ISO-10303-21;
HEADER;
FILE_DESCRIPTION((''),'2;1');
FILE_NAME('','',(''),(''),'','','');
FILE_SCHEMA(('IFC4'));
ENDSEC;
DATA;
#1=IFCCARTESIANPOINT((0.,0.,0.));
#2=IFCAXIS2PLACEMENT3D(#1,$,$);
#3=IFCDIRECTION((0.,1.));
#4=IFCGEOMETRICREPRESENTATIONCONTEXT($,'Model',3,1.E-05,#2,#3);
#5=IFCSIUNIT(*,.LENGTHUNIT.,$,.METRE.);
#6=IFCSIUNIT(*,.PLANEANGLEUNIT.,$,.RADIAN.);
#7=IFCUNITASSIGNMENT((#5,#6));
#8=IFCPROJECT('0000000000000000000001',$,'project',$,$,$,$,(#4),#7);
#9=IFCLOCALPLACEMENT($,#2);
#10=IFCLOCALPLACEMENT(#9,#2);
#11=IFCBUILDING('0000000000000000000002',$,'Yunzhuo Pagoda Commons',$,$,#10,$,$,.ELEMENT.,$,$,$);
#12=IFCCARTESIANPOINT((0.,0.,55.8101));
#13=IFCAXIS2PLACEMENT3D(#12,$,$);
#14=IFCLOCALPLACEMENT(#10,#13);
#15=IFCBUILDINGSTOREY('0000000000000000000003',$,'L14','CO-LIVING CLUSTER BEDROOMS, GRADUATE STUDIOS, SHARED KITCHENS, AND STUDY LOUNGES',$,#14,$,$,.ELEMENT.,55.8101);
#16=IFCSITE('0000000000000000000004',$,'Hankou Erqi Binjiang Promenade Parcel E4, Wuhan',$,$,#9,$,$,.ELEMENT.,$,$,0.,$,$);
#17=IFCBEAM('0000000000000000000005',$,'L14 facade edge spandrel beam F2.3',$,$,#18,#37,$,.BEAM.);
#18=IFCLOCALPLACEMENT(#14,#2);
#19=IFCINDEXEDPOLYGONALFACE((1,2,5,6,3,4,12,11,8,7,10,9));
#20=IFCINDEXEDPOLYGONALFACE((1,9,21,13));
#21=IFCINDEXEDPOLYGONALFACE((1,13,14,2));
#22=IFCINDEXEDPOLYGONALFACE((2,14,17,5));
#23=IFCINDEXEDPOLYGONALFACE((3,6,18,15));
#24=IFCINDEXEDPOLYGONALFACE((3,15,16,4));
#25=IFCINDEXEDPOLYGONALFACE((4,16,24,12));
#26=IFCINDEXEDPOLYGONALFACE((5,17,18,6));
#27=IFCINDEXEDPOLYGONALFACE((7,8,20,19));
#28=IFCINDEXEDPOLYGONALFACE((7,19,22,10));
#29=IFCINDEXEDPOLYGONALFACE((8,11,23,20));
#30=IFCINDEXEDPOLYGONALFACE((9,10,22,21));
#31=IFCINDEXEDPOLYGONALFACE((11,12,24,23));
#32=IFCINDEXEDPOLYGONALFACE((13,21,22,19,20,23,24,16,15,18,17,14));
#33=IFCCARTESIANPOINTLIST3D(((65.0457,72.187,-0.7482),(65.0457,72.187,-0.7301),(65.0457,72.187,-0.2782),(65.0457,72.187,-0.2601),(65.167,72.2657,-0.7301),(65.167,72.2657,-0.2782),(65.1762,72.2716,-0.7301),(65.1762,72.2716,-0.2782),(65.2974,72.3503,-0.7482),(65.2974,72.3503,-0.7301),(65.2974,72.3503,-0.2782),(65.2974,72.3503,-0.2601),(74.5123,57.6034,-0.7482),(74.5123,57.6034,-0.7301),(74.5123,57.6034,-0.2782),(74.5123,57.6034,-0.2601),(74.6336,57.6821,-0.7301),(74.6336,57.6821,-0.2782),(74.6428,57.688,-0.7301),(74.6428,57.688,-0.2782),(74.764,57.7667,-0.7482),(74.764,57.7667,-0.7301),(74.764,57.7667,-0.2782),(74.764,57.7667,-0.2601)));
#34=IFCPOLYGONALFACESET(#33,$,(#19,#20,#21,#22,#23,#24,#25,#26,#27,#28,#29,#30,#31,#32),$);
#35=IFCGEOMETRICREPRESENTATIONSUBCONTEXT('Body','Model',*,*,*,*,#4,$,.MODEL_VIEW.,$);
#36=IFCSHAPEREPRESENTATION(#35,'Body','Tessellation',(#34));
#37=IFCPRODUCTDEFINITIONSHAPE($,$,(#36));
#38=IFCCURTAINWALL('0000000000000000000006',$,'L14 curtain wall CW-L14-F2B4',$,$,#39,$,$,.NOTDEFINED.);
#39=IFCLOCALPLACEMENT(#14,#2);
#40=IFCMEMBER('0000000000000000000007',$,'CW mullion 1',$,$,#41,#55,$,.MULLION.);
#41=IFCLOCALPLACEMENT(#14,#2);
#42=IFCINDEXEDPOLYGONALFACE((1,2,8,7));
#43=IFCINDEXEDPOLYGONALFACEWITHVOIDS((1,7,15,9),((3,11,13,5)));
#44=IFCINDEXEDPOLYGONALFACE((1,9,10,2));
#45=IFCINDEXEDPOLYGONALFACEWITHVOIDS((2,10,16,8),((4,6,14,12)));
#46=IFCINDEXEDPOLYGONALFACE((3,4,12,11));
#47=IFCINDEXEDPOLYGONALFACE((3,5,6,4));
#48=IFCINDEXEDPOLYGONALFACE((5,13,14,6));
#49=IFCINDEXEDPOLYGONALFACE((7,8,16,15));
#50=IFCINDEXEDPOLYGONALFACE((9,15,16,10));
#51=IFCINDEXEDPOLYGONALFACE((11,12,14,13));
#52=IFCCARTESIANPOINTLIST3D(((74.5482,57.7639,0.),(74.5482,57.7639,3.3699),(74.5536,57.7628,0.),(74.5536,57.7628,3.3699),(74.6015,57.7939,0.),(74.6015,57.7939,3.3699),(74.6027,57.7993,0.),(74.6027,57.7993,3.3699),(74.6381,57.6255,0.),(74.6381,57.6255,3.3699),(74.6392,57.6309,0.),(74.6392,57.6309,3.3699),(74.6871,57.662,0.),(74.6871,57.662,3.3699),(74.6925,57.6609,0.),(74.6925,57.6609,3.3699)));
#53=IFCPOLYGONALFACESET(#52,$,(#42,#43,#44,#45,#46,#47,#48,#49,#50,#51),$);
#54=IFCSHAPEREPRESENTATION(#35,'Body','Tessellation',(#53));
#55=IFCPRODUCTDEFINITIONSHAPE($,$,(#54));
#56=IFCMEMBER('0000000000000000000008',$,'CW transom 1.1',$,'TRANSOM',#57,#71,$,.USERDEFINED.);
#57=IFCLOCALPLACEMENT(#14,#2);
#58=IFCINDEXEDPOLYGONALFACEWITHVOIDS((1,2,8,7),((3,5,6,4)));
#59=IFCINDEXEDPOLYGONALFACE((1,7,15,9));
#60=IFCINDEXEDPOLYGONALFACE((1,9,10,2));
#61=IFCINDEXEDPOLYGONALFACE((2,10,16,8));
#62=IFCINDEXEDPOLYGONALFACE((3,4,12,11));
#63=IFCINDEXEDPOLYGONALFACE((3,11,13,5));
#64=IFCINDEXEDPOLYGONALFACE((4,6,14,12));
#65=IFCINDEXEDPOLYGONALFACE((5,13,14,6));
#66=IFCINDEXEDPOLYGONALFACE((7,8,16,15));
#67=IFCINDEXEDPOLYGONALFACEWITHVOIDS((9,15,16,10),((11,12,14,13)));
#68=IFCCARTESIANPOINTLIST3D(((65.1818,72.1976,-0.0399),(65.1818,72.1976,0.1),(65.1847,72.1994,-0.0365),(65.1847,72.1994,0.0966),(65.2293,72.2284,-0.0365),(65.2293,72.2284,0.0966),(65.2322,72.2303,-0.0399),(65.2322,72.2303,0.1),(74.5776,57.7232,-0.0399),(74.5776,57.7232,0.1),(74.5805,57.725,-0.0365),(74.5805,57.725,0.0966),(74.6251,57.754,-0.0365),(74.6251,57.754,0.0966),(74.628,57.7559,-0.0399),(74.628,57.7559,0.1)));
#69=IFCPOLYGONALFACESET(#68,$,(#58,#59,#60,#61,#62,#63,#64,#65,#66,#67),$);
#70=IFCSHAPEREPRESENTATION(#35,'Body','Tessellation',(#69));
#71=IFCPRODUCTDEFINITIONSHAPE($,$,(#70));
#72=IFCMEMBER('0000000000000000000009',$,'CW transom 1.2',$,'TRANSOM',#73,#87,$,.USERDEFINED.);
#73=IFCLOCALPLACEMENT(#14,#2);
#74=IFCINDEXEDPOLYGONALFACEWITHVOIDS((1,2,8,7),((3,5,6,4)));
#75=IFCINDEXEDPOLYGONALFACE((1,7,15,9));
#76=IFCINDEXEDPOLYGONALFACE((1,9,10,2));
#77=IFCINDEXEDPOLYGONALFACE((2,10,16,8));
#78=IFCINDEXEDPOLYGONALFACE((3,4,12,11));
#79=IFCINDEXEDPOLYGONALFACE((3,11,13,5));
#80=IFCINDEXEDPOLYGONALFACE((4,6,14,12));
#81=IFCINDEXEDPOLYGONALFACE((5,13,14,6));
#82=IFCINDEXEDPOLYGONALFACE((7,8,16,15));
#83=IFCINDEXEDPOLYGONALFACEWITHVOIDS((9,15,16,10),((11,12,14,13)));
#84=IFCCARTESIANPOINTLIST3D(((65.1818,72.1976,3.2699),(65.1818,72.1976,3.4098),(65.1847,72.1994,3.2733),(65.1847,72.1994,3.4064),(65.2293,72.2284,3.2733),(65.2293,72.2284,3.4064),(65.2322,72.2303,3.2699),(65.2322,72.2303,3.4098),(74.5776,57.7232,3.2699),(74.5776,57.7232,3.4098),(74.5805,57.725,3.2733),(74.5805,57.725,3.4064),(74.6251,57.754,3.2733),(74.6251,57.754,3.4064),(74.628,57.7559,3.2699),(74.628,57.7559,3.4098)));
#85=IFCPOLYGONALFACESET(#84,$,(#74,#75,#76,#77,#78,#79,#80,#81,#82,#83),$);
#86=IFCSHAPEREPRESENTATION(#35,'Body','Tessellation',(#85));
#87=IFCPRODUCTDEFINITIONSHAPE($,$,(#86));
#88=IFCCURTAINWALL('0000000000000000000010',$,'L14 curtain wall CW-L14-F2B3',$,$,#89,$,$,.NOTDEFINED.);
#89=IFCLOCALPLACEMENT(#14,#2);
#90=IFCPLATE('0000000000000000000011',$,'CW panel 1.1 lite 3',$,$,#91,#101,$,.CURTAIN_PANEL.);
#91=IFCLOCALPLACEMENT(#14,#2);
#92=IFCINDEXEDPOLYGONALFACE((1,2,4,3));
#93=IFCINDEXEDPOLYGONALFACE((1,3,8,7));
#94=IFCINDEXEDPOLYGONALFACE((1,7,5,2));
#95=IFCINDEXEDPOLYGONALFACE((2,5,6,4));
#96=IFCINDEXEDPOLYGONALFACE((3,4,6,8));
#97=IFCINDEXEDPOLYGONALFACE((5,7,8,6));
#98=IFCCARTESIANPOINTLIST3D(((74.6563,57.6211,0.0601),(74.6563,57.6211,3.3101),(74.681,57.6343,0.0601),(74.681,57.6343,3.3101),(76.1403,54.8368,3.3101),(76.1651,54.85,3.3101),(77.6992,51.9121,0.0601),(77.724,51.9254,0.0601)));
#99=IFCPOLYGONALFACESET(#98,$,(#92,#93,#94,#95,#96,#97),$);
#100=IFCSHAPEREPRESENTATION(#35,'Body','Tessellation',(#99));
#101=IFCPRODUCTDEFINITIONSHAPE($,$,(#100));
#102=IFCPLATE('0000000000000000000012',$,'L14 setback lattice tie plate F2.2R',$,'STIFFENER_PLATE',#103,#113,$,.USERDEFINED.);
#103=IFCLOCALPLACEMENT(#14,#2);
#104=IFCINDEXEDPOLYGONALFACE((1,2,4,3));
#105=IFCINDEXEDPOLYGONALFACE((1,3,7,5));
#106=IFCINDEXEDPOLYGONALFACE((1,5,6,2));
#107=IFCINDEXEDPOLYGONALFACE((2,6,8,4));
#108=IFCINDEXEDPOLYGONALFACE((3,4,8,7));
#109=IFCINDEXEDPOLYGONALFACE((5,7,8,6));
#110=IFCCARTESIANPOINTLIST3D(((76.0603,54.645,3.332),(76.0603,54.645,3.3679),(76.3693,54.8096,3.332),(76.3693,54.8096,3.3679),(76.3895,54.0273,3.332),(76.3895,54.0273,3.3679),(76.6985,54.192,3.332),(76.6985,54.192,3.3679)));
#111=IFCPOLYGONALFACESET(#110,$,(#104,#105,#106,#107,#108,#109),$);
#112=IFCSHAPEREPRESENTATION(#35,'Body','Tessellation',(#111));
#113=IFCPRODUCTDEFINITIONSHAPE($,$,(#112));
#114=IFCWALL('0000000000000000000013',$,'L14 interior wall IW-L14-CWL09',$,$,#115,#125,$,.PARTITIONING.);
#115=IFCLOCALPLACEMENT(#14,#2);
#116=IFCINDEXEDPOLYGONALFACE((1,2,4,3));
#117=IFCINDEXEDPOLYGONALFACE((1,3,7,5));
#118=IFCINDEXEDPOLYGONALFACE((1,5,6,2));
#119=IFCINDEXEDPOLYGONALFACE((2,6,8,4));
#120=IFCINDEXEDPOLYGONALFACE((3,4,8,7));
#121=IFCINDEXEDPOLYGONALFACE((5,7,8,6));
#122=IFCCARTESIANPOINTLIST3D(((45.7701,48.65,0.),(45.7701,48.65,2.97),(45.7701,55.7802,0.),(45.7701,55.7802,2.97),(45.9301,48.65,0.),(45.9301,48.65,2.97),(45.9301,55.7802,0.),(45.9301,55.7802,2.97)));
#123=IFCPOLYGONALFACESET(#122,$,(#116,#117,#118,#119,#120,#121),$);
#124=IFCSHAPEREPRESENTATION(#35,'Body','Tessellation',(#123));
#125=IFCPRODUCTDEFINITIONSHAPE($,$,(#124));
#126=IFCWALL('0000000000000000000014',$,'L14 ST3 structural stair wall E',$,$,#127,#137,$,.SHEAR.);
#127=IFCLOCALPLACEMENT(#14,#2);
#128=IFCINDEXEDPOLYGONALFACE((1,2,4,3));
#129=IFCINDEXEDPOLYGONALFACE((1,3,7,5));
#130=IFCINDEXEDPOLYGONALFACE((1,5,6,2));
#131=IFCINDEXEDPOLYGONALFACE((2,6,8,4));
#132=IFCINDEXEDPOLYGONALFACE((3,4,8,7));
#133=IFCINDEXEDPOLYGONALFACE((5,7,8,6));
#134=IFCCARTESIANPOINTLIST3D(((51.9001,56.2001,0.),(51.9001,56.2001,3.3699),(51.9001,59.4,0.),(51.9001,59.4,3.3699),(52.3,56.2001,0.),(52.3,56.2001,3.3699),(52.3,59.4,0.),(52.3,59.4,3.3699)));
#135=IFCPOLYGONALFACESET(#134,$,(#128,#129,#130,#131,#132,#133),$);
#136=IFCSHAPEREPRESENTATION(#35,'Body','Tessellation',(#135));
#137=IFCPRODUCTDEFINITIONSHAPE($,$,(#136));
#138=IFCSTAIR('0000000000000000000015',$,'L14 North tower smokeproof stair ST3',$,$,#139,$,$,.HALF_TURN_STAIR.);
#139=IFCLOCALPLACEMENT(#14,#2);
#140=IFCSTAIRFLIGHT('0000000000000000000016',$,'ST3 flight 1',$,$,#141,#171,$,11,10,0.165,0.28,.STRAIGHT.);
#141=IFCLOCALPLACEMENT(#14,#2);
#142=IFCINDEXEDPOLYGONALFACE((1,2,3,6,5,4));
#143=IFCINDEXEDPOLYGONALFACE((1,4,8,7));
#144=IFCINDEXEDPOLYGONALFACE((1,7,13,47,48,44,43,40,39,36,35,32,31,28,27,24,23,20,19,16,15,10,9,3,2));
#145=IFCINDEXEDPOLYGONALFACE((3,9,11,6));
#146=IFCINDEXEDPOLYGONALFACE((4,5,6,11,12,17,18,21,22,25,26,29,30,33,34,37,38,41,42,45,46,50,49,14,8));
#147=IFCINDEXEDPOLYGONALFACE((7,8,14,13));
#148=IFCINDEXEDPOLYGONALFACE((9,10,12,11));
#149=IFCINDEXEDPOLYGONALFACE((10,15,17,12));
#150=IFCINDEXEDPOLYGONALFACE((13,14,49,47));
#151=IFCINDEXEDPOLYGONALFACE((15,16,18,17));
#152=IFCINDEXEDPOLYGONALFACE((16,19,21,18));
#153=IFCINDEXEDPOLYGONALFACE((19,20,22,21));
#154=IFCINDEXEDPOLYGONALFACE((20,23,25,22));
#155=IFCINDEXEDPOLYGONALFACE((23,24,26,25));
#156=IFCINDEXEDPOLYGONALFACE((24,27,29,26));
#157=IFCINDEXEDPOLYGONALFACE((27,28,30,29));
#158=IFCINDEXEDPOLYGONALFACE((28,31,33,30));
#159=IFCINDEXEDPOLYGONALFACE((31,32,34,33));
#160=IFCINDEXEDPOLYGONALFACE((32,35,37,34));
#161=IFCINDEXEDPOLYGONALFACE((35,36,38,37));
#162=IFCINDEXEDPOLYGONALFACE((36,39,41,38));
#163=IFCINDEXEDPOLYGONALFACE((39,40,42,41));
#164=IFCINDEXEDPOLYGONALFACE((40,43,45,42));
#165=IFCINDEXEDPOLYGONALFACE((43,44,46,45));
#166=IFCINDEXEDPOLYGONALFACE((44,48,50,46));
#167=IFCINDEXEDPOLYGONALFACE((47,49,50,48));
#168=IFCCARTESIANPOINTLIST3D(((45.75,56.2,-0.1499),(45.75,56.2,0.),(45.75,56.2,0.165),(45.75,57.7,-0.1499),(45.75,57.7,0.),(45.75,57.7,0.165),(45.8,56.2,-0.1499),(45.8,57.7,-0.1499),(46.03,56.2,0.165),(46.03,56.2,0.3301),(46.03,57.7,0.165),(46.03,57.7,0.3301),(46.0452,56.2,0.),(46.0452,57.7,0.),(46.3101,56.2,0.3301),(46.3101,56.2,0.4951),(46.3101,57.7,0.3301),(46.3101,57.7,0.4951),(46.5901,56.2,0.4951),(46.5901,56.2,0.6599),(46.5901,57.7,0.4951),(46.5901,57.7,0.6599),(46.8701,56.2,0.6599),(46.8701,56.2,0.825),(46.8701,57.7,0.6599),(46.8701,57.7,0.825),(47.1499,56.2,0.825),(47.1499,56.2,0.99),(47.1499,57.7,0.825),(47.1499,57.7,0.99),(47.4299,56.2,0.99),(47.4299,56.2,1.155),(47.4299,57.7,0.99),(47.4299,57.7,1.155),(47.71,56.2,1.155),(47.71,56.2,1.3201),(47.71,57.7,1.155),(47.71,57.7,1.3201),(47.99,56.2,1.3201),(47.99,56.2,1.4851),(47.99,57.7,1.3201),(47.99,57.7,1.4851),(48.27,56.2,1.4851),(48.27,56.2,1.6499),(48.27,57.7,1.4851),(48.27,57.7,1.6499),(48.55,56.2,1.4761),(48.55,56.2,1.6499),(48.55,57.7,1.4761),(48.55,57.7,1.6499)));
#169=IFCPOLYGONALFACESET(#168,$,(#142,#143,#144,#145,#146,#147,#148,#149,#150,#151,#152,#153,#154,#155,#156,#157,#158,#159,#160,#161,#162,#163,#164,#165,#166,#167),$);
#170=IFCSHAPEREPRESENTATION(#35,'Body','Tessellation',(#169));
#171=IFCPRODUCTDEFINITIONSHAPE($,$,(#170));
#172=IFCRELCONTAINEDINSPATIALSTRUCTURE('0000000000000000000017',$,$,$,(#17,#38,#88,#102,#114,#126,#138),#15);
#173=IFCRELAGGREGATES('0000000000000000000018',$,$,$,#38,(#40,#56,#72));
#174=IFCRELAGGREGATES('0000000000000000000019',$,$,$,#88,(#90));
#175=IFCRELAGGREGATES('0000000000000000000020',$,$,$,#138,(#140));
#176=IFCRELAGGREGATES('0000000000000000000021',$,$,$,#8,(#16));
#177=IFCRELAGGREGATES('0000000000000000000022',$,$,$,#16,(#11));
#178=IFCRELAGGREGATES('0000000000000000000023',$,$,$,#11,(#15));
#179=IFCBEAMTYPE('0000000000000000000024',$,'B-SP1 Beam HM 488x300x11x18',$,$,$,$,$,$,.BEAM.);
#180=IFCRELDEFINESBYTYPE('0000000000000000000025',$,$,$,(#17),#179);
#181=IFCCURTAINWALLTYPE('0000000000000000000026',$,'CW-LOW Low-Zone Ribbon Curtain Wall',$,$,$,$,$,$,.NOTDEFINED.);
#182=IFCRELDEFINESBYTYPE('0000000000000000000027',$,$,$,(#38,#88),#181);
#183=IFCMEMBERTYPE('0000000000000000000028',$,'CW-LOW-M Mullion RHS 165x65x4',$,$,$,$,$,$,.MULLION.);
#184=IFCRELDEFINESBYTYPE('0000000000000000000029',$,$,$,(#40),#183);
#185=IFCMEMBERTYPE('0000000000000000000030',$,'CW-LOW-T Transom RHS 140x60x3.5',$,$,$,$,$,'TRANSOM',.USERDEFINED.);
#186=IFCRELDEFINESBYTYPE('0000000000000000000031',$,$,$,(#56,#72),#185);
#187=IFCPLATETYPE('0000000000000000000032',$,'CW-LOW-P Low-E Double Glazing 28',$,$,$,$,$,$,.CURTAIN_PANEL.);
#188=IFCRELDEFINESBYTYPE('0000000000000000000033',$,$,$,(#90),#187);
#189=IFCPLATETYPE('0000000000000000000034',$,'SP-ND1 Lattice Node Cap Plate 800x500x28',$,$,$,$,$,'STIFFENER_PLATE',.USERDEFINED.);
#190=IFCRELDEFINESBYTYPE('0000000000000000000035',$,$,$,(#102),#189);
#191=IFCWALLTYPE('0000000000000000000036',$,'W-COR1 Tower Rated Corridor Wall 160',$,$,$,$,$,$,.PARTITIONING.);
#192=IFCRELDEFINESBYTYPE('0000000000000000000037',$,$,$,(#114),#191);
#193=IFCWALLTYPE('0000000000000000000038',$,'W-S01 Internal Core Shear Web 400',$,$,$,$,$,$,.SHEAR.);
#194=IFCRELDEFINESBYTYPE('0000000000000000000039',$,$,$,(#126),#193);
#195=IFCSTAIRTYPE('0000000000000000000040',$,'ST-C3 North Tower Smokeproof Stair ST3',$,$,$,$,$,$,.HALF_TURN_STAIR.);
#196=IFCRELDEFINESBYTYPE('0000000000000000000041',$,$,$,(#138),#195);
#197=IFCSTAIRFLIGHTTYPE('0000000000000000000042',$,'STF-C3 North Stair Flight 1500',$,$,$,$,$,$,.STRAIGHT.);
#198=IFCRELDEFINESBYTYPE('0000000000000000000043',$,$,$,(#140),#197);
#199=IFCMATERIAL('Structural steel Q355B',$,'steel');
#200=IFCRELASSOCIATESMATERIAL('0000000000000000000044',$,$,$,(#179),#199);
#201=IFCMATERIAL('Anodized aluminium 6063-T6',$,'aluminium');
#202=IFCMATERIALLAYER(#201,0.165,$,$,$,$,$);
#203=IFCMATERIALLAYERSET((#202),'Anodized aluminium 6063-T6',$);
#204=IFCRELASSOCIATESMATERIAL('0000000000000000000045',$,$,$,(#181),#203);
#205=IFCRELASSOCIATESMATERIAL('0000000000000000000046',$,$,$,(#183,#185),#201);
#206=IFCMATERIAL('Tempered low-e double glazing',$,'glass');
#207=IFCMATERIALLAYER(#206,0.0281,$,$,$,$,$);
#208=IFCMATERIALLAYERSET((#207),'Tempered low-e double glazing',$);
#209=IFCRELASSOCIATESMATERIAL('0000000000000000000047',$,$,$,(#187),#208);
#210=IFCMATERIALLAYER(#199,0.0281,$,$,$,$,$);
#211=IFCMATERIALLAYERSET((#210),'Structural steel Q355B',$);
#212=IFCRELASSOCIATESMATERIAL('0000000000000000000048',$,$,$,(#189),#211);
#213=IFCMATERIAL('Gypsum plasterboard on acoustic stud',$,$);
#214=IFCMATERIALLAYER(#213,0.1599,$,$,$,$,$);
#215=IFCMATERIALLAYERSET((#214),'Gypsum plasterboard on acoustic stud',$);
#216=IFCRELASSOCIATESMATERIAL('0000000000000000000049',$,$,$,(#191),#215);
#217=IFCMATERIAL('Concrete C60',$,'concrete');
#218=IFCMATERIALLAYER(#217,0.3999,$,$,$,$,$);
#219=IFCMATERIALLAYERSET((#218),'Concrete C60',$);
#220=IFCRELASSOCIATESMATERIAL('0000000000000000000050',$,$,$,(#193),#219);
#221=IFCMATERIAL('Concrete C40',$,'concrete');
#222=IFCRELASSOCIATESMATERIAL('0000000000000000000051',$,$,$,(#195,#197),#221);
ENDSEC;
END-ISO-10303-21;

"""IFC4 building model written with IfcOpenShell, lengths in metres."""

from ifc_helpers import new_model, si_unit, direction, frame, frame_2d, origin, origin_2d, place, context, subcontext, project, spatial, polyline, rectangle, hollow_rectangle, i_section, outline, extrude, source, transform, mapped, material, layer, layer_set, material_profile, profile_set, type_object, element, aggregate, save


model = new_model("IFC4")

# Units and contexts
model_context = context("Model", 3, precision=1e-05, world=origin(), true_north=direction((0.0, 1.0)))
body_context = subcontext(model_context, "Body", "Model", "MODEL_VIEW")
ifc_project = project(units=[si_unit("LENGTHUNIT", "METRE"), si_unit("PLANEANGLEUNIT", "RADIAN")], contexts=[model_context])

# Site, building, storey
site_placement = place(None, origin())
site = spatial("IfcSite", under=ifc_project, at=site_placement, Name="Hankou Erqi Binjiang Promenade Parcel E4, Wuhan", CompositionType="ELEMENT", RefElevation=0.0)
building_placement = place(site_placement, origin())
building = spatial("IfcBuilding", under=site, at=building_placement, Name="Yunzhuo Pagoda Commons", CompositionType="ELEMENT")
storey_placement = place(building_placement, frame((0.0, 0.0, 55.8101)))
storey = spatial("IfcBuildingStorey", under=building, at=storey_placement, Name="L14", Description="CO-LIVING CLUSTER BEDROOMS, GRADUATE STUDIOS, SHARED KITCHENS, AND STUDY LOUNGES", CompositionType="ELEMENT", Elevation=55.8101)

# Beam
ifc_material_1 = material(Name="Structural steel Q355B", Category="steel")
ifc_material_profile_1 = material_profile(ifc_material_1, i_section(OverallWidth=0.3, OverallDepth=0.488, WebThickness=0.011, FlangeThickness=0.0181, at=origin_2d()), Name="Structural steel Q355B")
ifc_profile_set_1 = profile_set([ifc_material_profile_1], Name="Structural steel Q355B")
beam_type_1 = type_object("IfcBeamType", Name="B-SP1 Beam HM 488x300x11x18", PredefinedType="BEAM", material=ifc_profile_set_1)
shared_shape_1 = source(origin(), body_context, "Body", "SweptSolid", [
    extrude(i_section(OverallWidth=0.3, OverallDepth=0.488, WebThickness=0.011, FlangeThickness=0.0181, at=origin_2d()), origin(), (0.0, 0.0, 1.0), 17.3867),
])
beam_1_placement = place(storey_placement, frame((74.6382, 57.6851, -0.5042), z_axis=(-0.544474, 0.838778, 0.0), x_axis=(-0.838778, -0.544474, 0.0)))
element("IfcBeam", 1, at=beam_1_placement, inside=storey, type_object=beam_type_1, Name="L14 facade edge spandrel beam F2.3", PredefinedType="BEAM", context=body_context, shape_type="MappedRepresentation", body=[
    mapped(shared_shape_1, transform((0.0, 0.0, 0.0), scale=1.0)),
])

# Curtain wall, members
ifc_material_2 = material(Name="Anodized aluminium 6063-T6", Category="aluminium")
ifc_layer_1 = layer(ifc_material_2, 0.165)
ifc_layer_set_1 = layer_set([ifc_layer_1], Name="Anodized aluminium 6063-T6")
curtain_wall_type = type_object("IfcCurtainWallType", Name="CW-LOW Low-Zone Ribbon Curtain Wall", PredefinedType="NOTDEFINED", material=ifc_layer_set_1)
curtain_wall_1_placement = place(storey_placement, origin())
curtain_wall_1 = element("IfcCurtainWall", 2, at=curtain_wall_1_placement, inside=storey, type_object=curtain_wall_type, Name="L14 curtain wall CW-L14-F2B4", PredefinedType="NOTDEFINED")
ifc_material_profile_2 = material_profile(ifc_material_2, hollow_rectangle(XDim=0.0649, YDim=0.165, WallThickness=0.0039, at=origin_2d()), Name="Anodized aluminium 6063-T6")
ifc_profile_set_2 = profile_set([ifc_material_profile_2], Name="Anodized aluminium 6063-T6")
member_type_1 = type_object("IfcMemberType", Name="CW-LOW-M Mullion RHS 165x65x4", PredefinedType="MULLION", material=ifc_profile_set_2)
shared_shape_2 = source(origin(), body_context, "Body", "SweptSolid", [
    extrude(hollow_rectangle(XDim=0.0649, YDim=0.165, WallThickness=0.0039, at=origin_2d()), origin(), (0.0, 0.0, 1.0), 3.3699),
])
member_1_placement = place(storey_placement, frame((74.6204, 57.7124, 0.0), z_axis=(0.0, 0.0, 1.0), x_axis=(-0.838777, -0.544476, 0.0)))
member_1 = element("IfcMember", 3, at=member_1_placement, type_object=member_type_1, Name="CW mullion 1", PredefinedType="MULLION", context=body_context, shape_type="MappedRepresentation", body=[
    mapped(shared_shape_2, transform((0.0, 0.0, 0.0), scale=1.0)),
])
ifc_material_profile_3 = material_profile(ifc_material_2, hollow_rectangle(XDim=0.0601, YDim=0.1399, WallThickness=0.0034, at=origin_2d()), Name="Anodized aluminium 6063-T6")
ifc_profile_set_3 = profile_set([ifc_material_profile_3], Name="Anodized aluminium 6063-T6")
member_type_2 = type_object("IfcMemberType", Name="CW-LOW-T Transom RHS 140x60x3.5", ElementType="TRANSOM", PredefinedType="USERDEFINED", material=ifc_profile_set_3)
shared_shape_3 = source(origin(), body_context, "Body", "SweptSolid", [
    extrude(hollow_rectangle(XDim=0.0601, YDim=0.1399, WallThickness=0.0034, at=origin_2d()), origin(), (0.0, 0.0, 1.0), 17.2566),
])
member_2_placement = place(storey_placement, frame((74.6028, 57.7395, 0.03), z_axis=(-0.544476, 0.838777, 0.0), x_axis=(-0.838777, -0.544476, 0.0)))
member_2 = element("IfcMember", 4, at=member_2_placement, type_object=member_type_2, Name="CW transom 1.1", ObjectType="TRANSOM", PredefinedType="USERDEFINED", context=body_context, shape_type="MappedRepresentation", body=[
    mapped(shared_shape_3, transform((0.0, 0.0, 0.0), scale=1.0)),
])
member_3_placement = place(storey_placement, frame((74.6028, 57.7395, 3.3398), z_axis=(-0.544476, 0.838777, 0.0), x_axis=(-0.838777, -0.544476, 0.0)))
member_3 = element("IfcMember", 5, at=member_3_placement, type_object=member_type_2, Name="CW transom 1.2", ObjectType="TRANSOM", PredefinedType="USERDEFINED", context=body_context, shape_type="MappedRepresentation", body=[
    mapped(shared_shape_3, transform((0.0, 0.0, 0.0), scale=1.0)),
])
aggregate(curtain_wall_1, [member_1, member_2, member_3])

# Curtain wall, plate
curtain_wall_2_placement = place(storey_placement, origin())
curtain_wall_2 = element("IfcCurtainWall", 6, at=curtain_wall_2_placement, inside=storey, type_object=curtain_wall_type, Name="L14 curtain wall CW-L14-F2B3", PredefinedType="NOTDEFINED")
ifc_material_3 = material(Name="Tempered low-e double glazing", Category="glass")
ifc_layer_2 = layer(ifc_material_3, 0.0281)
ifc_layer_set_2 = layer_set([ifc_layer_2], Name="Tempered low-e double glazing")
plate_type_1 = type_object("IfcPlateType", Name="CW-LOW-P Low-E Double Glazing 28", PredefinedType="CURTAIN_PANEL", material=ifc_layer_set_2)
plate_1_placement = place(storey_placement, frame((76.1777, 54.7666, 1.6851), z_axis=(0.88247, 0.470369, 0.0), x_axis=(-0.470369, 0.88247, 0.0)))
plate_1 = element("IfcPlate", 7, at=plate_1_placement, type_object=plate_type_1, Name="CW panel 1.1 lite 3", PredefinedType="CURTAIN_PANEL", context=body_context, shape_type="SweptSolid", body=[
    extrude(outline(polyline([(-3.2346, -1.625), (3.2346, -1.625), (3.2346, 1.625), (0.0796, 1.625), (-3.2346, -1.625)])), origin(), (0.0, 0.0, 1.0), 0.0281),
])
aggregate(curtain_wall_2, [plate_1])

# Plate
ifc_layer_3 = layer(ifc_material_1, 0.0281)
ifc_layer_set_3 = layer_set([ifc_layer_3], Name="Structural steel Q355B")
plate_type_2 = type_object("IfcPlateType", Name="SP-ND1 Lattice Node Cap Plate 800x500x28", ElementType="STIFFENER_PLATE", PredefinedType="USERDEFINED", material=ifc_layer_set_3)
shared_shape_4 = source(origin(), body_context, "Body", "SweptSolid", [
    extrude(rectangle(XDim=0.7, YDim=0.3501, at=origin_2d()), origin(), (0.0, 0.0, 1.0), 0.0359),
])
plate_2_placement = place(storey_placement, frame((76.3794, 54.4185, 3.332), z_axis=(0.0, 0.0, 1.0), x_axis=(-0.470365, 0.882472, 0.0)))
element("IfcPlate", 8, at=plate_2_placement, inside=storey, type_object=plate_type_2, Name="L14 setback lattice tie plate F2.2R", ObjectType="STIFFENER_PLATE", PredefinedType="USERDEFINED", context=body_context, shape_type="MappedRepresentation", body=[
    mapped(shared_shape_4, transform((0.0, 0.0, 0.0), scale=1.0)),
])

# Walls
ifc_material_4 = material(Name="Gypsum plasterboard on acoustic stud")
ifc_layer_4 = layer(ifc_material_4, 0.1599)
ifc_layer_set_4 = layer_set([ifc_layer_4], Name="Gypsum plasterboard on acoustic stud")
wall_type_1 = type_object("IfcWallType", Name="W-COR1 Tower Rated Corridor Wall 160", PredefinedType="PARTITIONING", material=ifc_layer_set_4)
wall_1_placement = place(storey_placement, frame((45.8501, 55.78, 0.0), z_axis=(0.0, 0.0, 1.0), x_axis=(0.0, -1.0, 0.0)))
element("IfcWall", 9, at=wall_1_placement, inside=storey, type_object=wall_type_1, Name="L14 interior wall IW-L14-CWL09", PredefinedType="PARTITIONING", context=body_context, shape_type="SweptSolid", body=[
    extrude(rectangle(XDim=7.1301, YDim=0.1599, at=frame_2d((3.5649, 0.0))), origin(), (0.0, 0.0, 1.0), 2.97),
])
ifc_material_5 = material(Name="Concrete C60", Category="concrete")
ifc_layer_5 = layer(ifc_material_5, 0.3999)
ifc_layer_set_5 = layer_set([ifc_layer_5], Name="Concrete C60")
wall_type_2 = type_object("IfcWallType", Name="W-S01 Internal Core Shear Web 400", PredefinedType="SHEAR", material=ifc_layer_set_5)
wall_2_placement = place(storey_placement, frame((52.1001, 56.2, 0.0), z_axis=(0.0, 0.0, 1.0), x_axis=(0.0, 1.0, 0.0)))
element("IfcWall", 10, at=wall_2_placement, inside=storey, type_object=wall_type_2, Name="L14 ST3 structural stair wall E", PredefinedType="SHEAR", context=body_context, shape_type="SweptSolid", body=[
    extrude(rectangle(XDim=3.2, YDim=0.3999, at=frame_2d((1.6001, 0.0))), origin(), (0.0, 0.0, 1.0), 3.3699),
])

# Stair, stair flight
ifc_material_6 = material(Name="Concrete C40", Category="concrete")
stair_type = type_object("IfcStairType", Name="ST-C3 North Tower Smokeproof Stair ST3", PredefinedType="HALF_TURN_STAIR", material=ifc_material_6)
stair_placement = place(storey_placement, origin())
stair = element("IfcStair", 11, at=stair_placement, inside=storey, type_object=stair_type, Name="L14 North tower smokeproof stair ST3", PredefinedType="HALF_TURN_STAIR")
stair_flight_type = type_object("IfcStairFlightType", Name="STF-C3 North Stair Flight 1500", PredefinedType="STRAIGHT", material=ifc_material_6)
shared_shape_5 = source(origin(), body_context, "Body", "SweptSolid", [
    extrude(outline(polyline([(0.0, -0.1499), (0.0, 0.0), (0.0, 0.165), (0.28, 0.165), (0.28, 0.3301), (0.5601, 0.3301), (0.5601, 0.4951), (0.8401, 0.4951), (0.8401, 0.6599), (1.1201, 0.6599), (1.1201, 0.825), (1.3999, 0.825), (1.3999, 0.99), (1.6799, 0.99), (1.6799, 1.155), (1.96, 1.155), (1.96, 1.3201), (2.24, 1.3201), (2.24, 1.4851), (2.52, 1.4851), (2.52, 1.6499), (2.8, 1.6499), (2.8, 1.8149), (2.8, 1.4761), (0.2952, 0.0), (0.05, -0.1499), (0.0, -0.1499)])), frame((0.0, 0.75, 0.0), z_axis=(0.0, -1.0, 0.0), x_axis=(1.0, 0.0, 0.0)), (0.0, 0.0, 1.0), 1.5),
])
stair_flight_1_placement = place(storey_placement, frame((45.75, 56.95, 0.0), z_axis=(0.0, 0.0, 1.0), x_axis=(1.0, 0.0, 0.0)))
stair_flight_1 = element("IfcStairFlight", 12, at=stair_flight_1_placement, type_object=stair_flight_type, Name="ST3 flight 1", NumberOfRisers=11, NumberOfTreads=10, PredefinedType="STRAIGHT", RiserHeight=0.165, TreadLength=0.28, context=body_context, shape_type="MappedRepresentation", body=[
    mapped(shared_shape_5, transform((0.0, 0.0, 0.0), scale=1.0)),
])
aggregate(stair, [stair_flight_1])

save(model, "model.ifc")
